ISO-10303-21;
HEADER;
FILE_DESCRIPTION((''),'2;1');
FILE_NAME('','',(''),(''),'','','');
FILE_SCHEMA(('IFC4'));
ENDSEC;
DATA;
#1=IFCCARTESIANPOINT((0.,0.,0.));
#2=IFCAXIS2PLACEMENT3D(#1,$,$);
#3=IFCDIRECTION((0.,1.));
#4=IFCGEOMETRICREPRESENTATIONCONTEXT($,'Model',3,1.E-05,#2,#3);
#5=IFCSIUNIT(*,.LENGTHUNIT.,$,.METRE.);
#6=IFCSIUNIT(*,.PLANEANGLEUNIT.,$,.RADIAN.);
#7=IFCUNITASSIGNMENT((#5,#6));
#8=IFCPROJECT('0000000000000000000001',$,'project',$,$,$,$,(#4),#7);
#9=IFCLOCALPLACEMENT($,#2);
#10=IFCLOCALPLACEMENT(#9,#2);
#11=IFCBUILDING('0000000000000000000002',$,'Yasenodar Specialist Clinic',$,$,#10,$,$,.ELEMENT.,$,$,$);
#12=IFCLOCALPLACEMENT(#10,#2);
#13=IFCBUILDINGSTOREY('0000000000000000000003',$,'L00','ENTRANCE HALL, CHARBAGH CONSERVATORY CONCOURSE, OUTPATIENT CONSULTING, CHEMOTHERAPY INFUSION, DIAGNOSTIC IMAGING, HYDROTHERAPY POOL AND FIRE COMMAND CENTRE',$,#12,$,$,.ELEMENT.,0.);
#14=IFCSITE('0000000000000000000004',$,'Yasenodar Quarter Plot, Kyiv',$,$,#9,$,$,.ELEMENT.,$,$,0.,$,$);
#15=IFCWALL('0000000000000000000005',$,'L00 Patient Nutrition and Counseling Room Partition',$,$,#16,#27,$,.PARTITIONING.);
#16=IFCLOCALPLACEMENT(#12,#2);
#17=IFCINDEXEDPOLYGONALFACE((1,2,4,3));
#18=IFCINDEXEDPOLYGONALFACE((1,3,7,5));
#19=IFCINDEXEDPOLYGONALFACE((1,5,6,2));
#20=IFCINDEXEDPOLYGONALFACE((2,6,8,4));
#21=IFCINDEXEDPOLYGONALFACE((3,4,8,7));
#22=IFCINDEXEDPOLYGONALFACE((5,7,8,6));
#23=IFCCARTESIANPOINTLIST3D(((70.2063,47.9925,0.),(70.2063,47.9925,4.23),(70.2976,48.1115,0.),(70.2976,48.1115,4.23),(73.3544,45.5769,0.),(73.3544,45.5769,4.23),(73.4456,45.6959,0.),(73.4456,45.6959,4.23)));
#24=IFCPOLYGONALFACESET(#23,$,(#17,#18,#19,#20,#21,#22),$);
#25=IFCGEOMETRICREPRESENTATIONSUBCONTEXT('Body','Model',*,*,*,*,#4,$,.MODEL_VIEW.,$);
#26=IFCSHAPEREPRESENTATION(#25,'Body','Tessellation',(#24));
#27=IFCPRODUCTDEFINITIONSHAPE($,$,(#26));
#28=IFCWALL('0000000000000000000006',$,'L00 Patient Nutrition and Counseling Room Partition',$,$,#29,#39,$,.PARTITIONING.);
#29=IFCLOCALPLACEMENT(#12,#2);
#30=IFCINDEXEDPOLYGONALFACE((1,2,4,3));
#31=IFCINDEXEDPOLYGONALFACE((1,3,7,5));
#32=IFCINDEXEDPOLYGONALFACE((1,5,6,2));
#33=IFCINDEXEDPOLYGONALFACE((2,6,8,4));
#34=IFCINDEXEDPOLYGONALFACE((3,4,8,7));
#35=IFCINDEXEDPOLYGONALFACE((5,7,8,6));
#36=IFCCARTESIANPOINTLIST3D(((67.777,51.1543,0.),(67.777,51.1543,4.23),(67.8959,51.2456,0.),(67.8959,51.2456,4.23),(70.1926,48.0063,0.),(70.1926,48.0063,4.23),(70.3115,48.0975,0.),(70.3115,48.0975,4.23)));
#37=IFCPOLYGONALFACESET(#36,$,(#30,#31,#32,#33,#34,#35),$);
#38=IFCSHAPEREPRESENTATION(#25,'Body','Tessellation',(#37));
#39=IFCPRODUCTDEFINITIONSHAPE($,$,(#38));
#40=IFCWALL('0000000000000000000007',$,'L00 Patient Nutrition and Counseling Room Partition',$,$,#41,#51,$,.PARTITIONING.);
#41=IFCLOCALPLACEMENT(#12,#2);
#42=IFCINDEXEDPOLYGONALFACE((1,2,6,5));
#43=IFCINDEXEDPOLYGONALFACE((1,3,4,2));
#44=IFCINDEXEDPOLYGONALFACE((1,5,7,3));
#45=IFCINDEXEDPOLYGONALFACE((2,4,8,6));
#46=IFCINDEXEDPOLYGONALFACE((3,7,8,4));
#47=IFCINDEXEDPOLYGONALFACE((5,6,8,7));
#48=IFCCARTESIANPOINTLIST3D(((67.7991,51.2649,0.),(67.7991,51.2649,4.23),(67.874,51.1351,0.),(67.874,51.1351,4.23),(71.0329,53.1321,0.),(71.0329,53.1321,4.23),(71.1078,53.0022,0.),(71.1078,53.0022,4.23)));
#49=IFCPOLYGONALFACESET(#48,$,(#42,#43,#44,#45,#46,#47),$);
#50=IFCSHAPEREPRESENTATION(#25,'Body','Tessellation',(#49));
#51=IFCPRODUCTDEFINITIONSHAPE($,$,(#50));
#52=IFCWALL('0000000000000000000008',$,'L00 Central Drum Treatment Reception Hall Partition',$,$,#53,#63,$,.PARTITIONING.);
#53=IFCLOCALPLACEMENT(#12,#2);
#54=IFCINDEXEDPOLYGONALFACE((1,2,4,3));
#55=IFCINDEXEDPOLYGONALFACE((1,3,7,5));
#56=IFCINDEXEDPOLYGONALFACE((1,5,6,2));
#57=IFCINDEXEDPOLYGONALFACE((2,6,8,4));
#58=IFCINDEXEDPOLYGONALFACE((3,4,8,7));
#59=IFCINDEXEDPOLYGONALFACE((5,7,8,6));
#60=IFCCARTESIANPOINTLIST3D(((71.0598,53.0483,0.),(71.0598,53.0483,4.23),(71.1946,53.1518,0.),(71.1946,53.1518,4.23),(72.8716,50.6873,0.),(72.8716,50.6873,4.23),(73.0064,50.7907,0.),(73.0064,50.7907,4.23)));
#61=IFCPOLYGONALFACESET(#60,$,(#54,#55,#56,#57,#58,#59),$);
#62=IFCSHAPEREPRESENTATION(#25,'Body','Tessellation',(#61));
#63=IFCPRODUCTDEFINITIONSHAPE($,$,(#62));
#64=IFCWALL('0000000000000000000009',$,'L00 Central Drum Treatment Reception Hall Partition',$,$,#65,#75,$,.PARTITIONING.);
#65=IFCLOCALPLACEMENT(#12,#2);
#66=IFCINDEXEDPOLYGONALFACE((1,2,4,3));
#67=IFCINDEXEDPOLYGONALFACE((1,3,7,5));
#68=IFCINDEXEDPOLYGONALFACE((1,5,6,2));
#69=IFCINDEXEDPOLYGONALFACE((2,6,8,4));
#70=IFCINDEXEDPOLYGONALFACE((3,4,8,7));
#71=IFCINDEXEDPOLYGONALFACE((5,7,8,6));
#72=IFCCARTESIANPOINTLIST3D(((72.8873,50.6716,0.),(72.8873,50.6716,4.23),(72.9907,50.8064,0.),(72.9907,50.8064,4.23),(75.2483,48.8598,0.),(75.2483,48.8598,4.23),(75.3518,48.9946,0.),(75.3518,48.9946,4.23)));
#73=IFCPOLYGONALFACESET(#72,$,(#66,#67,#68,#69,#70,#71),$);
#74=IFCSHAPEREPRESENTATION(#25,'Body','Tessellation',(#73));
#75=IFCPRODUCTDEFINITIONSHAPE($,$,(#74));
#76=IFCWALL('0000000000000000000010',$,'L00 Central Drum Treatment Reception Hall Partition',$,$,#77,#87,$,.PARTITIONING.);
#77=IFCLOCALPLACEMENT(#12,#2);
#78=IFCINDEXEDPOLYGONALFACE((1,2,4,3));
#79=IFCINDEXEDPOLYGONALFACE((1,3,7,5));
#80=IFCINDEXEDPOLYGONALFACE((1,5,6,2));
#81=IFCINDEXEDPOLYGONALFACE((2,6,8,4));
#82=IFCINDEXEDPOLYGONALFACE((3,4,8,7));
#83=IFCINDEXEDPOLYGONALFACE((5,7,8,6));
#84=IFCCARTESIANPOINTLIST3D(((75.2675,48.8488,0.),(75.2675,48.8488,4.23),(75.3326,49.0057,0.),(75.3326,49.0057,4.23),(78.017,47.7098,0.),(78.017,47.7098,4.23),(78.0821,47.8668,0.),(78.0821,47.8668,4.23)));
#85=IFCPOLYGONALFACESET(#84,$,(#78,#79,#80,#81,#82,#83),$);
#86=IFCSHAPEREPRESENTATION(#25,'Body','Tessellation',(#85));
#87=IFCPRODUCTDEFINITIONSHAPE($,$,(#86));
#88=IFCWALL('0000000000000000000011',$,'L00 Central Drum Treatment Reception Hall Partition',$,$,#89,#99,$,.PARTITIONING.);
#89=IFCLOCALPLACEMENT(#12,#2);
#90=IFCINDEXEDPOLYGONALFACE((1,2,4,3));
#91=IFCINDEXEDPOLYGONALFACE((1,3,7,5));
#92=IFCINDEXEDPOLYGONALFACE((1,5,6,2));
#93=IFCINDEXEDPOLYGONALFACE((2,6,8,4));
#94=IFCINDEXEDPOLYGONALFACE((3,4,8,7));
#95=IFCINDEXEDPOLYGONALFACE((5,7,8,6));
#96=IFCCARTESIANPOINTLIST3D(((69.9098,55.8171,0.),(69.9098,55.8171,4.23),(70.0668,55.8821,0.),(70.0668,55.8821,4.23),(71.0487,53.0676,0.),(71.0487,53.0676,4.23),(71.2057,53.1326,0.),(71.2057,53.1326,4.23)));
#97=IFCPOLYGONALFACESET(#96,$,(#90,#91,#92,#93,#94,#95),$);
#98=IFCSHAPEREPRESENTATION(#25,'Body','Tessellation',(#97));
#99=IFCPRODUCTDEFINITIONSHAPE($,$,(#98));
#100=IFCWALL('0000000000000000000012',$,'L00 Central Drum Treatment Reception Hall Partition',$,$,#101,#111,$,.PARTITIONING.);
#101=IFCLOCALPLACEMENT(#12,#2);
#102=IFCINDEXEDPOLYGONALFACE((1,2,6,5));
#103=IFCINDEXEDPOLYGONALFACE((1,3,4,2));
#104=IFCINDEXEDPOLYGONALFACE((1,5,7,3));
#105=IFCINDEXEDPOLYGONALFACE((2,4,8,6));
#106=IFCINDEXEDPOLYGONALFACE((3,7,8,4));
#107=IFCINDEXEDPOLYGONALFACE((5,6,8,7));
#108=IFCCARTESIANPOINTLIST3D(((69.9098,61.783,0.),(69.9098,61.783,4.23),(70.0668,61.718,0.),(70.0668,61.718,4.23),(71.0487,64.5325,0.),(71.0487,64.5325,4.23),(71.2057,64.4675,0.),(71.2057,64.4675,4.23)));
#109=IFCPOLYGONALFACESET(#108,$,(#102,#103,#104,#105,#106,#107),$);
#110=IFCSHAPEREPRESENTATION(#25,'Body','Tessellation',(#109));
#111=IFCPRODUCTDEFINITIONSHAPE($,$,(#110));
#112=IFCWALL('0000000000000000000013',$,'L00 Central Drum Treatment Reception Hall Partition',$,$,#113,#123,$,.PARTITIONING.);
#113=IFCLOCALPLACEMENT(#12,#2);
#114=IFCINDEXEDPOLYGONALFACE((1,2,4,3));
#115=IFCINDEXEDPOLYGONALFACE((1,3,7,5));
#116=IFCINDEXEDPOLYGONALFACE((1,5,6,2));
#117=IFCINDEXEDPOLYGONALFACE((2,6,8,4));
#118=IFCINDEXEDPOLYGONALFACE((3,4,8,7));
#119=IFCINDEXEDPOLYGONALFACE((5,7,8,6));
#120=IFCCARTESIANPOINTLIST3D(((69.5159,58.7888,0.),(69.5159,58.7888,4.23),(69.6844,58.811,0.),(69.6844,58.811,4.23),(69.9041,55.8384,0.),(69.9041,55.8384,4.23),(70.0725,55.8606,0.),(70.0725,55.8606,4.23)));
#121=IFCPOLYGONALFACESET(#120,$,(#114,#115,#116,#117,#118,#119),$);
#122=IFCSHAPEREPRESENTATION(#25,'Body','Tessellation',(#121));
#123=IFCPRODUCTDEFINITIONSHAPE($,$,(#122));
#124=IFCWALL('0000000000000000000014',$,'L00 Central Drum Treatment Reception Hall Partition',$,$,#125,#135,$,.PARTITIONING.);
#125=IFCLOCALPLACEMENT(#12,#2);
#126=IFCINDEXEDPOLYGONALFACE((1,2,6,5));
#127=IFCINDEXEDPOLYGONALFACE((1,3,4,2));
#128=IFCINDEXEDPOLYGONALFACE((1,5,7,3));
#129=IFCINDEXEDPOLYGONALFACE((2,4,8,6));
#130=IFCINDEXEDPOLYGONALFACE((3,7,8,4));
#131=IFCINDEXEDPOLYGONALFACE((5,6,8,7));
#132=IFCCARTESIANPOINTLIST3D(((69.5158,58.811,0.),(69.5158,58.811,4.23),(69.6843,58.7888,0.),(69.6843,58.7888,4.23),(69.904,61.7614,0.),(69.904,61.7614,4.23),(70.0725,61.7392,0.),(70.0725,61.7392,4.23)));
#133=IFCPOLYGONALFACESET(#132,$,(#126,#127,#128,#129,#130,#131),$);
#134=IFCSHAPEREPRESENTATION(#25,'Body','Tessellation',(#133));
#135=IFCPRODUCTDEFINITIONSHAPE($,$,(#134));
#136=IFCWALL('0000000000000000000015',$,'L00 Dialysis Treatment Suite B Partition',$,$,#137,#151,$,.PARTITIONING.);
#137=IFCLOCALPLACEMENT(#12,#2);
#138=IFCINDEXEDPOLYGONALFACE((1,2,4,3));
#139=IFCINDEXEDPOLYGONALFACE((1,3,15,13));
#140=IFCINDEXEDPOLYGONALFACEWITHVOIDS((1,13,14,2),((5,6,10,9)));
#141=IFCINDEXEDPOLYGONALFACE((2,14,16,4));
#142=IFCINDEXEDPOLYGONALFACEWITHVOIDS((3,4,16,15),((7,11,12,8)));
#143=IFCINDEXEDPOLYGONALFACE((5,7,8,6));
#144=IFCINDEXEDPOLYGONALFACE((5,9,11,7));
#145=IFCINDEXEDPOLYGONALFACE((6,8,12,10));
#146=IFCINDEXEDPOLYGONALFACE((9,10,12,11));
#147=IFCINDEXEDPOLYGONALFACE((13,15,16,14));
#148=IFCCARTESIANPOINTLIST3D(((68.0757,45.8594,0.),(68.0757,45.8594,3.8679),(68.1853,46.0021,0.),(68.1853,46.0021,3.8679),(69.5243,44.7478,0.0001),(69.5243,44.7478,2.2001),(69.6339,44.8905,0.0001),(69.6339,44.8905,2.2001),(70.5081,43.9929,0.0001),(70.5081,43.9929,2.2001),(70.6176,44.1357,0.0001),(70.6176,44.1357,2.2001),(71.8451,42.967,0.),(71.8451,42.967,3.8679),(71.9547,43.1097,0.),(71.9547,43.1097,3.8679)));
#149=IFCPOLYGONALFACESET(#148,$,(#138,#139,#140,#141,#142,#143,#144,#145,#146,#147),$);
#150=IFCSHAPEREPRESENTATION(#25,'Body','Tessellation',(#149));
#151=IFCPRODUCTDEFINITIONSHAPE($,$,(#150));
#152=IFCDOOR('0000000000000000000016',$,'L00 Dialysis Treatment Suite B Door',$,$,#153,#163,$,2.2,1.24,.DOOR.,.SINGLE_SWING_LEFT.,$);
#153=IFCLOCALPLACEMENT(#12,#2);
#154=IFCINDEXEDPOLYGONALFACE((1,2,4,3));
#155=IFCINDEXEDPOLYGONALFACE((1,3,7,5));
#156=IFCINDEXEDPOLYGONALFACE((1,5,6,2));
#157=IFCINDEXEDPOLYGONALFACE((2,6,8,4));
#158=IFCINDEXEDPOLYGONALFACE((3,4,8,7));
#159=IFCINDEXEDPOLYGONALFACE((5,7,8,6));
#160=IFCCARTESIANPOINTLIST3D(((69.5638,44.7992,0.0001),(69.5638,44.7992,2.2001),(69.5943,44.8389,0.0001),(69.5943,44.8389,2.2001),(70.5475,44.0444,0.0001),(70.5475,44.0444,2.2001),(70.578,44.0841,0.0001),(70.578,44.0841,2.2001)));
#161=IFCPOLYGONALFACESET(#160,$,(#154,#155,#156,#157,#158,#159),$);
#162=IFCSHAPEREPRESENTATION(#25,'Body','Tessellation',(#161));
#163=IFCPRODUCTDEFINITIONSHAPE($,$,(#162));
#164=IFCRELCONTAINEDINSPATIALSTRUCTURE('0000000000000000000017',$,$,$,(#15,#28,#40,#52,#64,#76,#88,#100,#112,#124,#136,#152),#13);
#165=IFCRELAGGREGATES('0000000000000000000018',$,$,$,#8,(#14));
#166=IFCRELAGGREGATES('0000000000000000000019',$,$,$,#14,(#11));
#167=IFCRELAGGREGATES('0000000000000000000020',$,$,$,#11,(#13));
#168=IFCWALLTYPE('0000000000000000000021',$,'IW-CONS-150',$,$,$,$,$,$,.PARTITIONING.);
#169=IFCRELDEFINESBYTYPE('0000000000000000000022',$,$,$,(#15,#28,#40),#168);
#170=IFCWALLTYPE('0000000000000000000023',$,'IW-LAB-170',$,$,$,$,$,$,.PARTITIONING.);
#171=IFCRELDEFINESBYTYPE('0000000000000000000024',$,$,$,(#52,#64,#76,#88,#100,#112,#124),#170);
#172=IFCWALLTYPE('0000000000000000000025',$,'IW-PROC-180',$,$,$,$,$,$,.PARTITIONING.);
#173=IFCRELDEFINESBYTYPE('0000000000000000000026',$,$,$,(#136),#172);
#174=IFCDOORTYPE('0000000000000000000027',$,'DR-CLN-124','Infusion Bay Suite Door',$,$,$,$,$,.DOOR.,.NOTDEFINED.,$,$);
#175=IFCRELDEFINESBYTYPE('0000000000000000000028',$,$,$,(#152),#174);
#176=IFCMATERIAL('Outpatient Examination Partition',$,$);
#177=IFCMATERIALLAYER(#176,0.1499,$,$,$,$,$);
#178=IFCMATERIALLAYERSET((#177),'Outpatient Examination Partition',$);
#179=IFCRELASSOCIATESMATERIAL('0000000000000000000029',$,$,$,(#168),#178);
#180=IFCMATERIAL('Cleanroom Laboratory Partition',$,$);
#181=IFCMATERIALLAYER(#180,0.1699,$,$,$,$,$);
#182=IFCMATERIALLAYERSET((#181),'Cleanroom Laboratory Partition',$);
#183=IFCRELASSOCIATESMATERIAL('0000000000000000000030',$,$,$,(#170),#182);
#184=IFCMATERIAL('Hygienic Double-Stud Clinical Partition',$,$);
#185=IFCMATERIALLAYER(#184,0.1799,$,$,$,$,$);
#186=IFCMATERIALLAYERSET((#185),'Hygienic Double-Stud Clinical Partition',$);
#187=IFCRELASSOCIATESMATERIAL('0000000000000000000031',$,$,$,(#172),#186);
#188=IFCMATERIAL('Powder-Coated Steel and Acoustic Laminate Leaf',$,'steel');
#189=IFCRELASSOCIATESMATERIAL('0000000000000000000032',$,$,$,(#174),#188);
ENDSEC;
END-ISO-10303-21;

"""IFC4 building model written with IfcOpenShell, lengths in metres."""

from ifc_helpers import new_model, si_unit, direction, frame, frame_2d, origin, place, context, subcontext, project, spatial, rectangle, extrude, material, layer, layer_set, type_object, element, fill, save


model = new_model("IFC4")

# Units and contexts
model_context = context("Model", 3, precision=1e-05, world=origin(), true_north=direction((0.0, 1.0)))
body_context = subcontext(model_context, "Body", "Model", "MODEL_VIEW")
ifc_project = project(units=[si_unit("LENGTHUNIT", "METRE"), si_unit("PLANEANGLEUNIT", "RADIAN")], contexts=[model_context])

# Site, building, storey
site_placement = place(None, origin())
site = spatial("IfcSite", under=ifc_project, at=site_placement, Name="Yasenodar Quarter Plot, Kyiv", CompositionType="ELEMENT", RefElevation=0.0)
building_placement = place(site_placement, origin())
building = spatial("IfcBuilding", under=site, at=building_placement, Name="Yasenodar Specialist Clinic", CompositionType="ELEMENT")
storey_placement = place(building_placement, origin())
storey = spatial("IfcBuildingStorey", under=building, at=storey_placement, Name="L00", Description="ENTRANCE HALL, CHARBAGH CONSERVATORY CONCOURSE, OUTPATIENT CONSULTING, CHEMOTHERAPY INFUSION, DIAGNOSTIC IMAGING, HYDROTHERAPY POOL AND FIRE COMMAND CENTRE", CompositionType="ELEMENT", Elevation=0.0)

# Walls
ifc_material_1 = material(Name="Outpatient Examination Partition")
ifc_layer_1 = layer(ifc_material_1, 0.1499)
ifc_layer_set_1 = layer_set([ifc_layer_1], Name="Outpatient Examination Partition")
wall_type_1 = type_object("IfcWallType", Name="IW-CONS-150", PredefinedType="PARTITIONING", material=ifc_layer_set_1)
for number, where, z_axis, x_axis, name in (
    (1, (73.3999, 45.6365, 0.0), (0.0, 0.0, 1.0), (-0.793351, 0.608765, 0.0), "L00 Patient Nutrition and Counseling Room Partition"),
    (2, (70.252, 48.052, 0.0), (0.0, 0.0, 1.0), (-0.608765, 0.793351, 0.0), "L00 Patient Nutrition and Counseling Room Partition"),
):
    element("IfcWall", number, at=place(storey_placement, frame(where, z_axis=z_axis, x_axis=x_axis)), inside=storey, type_object=wall_type_1, Name=name, PredefinedType="PARTITIONING", context=body_context, shape_type="SweptSolid", body=[
        extrude(rectangle(XDim=3.968, YDim=0.1499, at=frame_2d((1.9839, 0.0))), origin(), (0.0, 0.0, 1.0), 4.23),
    ])
wall_1_placement = place(storey_placement, frame((67.8364, 51.2, 0.0), z_axis=(0.0, 0.0, 1.0), x_axis=(0.866014, 0.500021, 0.0)))
element("IfcWall", 3, at=wall_1_placement, inside=storey, type_object=wall_type_1, Name="L00 Patient Nutrition and Counseling Room Partition", PredefinedType="PARTITIONING", context=body_context, shape_type="SweptSolid", body=[
    extrude(rectangle(XDim=3.7341, YDim=0.1499, at=frame_2d((1.8672, 0.0))), origin(), (0.0, 0.0, 1.0), 4.23),
])
ifc_material_2 = material(Name="Cleanroom Laboratory Partition")
ifc_layer_2 = layer(ifc_material_2, 0.1699)
ifc_layer_set_2 = layer_set([ifc_layer_2], Name="Cleanroom Laboratory Partition")
wall_type_2 = type_object("IfcWallType", Name="IW-LAB-170", PredefinedType="PARTITIONING", material=ifc_layer_set_2)
for number, where, z_axis, x_axis, name in (
    (4, (72.939, 50.739, 0.0), (0.0, 0.0, 1.0), (-0.608771, 0.793346, 0.0), "L00 Central Drum Treatment Reception Hall Partition"),
    (5, (75.3, 48.9272, 0.0), (0.0, 0.0, 1.0), (-0.793346, 0.608771, 0.0), "L00 Central Drum Treatment Reception Hall Partition"),
    (6, (78.0496, 47.7883, 0.0), (0.0, 0.0, 1.0), (-0.923876, 0.382692, 0.0), "L00 Central Drum Treatment Reception Hall Partition"),
    (7, (71.1272, 53.1001, 0.0), (0.0, 0.0, 1.0), (-0.382692, 0.923876, 0.0), "L00 Central Drum Treatment Reception Hall Partition"),
    (8, (69.9883, 61.7505, 0.0), (0.0, 0.0, 1.0), (0.382692, 0.923876, 0.0), "L00 Central Drum Treatment Reception Hall Partition"),
):
    element("IfcWall", number, at=place(storey_placement, frame(where, z_axis=z_axis, x_axis=x_axis)), inside=storey, type_object=wall_type_2, Name=name, PredefinedType="PARTITIONING", context=body_context, shape_type="SweptSolid", body=[
        extrude(rectangle(XDim=2.9761, YDim=0.1699, at=frame_2d((1.488, 0.0))), origin(), (0.0, 0.0, 1.0), 4.23),
    ])
for number, where, z_axis, x_axis, name in (
    (9, (69.9883, 55.8496, 0.0), (0.0, 0.0, 1.0), (-0.130444, 0.991456, 0.0), "L00 Central Drum Treatment Reception Hall Partition"),
    (10, (69.6001, 58.8, 0.0), (0.0, 0.0, 1.0), (0.130444, 0.991456, 0.0), "L00 Central Drum Treatment Reception Hall Partition"),
):
    element("IfcWall", number, at=place(storey_placement, frame(where, z_axis=z_axis, x_axis=x_axis)), inside=storey, type_object=wall_type_2, Name=name, PredefinedType="PARTITIONING", context=body_context, shape_type="SweptSolid", body=[
        extrude(rectangle(XDim=2.9758, YDim=0.1699, at=frame_2d((1.4878, 0.0))), origin(), (0.0, 0.0, 1.0), 4.23),
    ])

# Wall, opening, door
ifc_material_3 = material(Name="Hygienic Double-Stud Clinical Partition")
ifc_layer_3 = layer(ifc_material_3, 0.1799)
ifc_layer_set_3 = layer_set([ifc_layer_3], Name="Hygienic Double-Stud Clinical Partition")
wall_type_3 = type_object("IfcWallType", Name="IW-PROC-180", PredefinedType="PARTITIONING", material=ifc_layer_set_3)
wall_2_placement = place(storey_placement, frame((68.1306, 45.9307, 0.0), z_axis=(0.0, 0.0, 1.0), x_axis=(0.793347, -0.608769, 0.0)))
wall_2 = element("IfcWall", 11, at=wall_2_placement, inside=storey, type_object=wall_type_3, Name="L00 Dialysis Treatment Suite B Partition", PredefinedType="PARTITIONING", context=body_context, shape_type="SweptSolid", body=[
    extrude(rectangle(XDim=4.7512, YDim=0.1799, at=frame_2d((2.3755, 0.0))), origin(), (0.0, 0.0, 1.0), 3.8679),
])
opening_placement = place(wall_2_placement, frame((1.8257, 0.0, 0.0)))
opening = element("IfcOpeningElement", 12, at=opening_placement, cuts=wall_2, PredefinedType="OPENING", context=body_context, shape_type="SweptSolid", body=[
    extrude(rectangle(XDim=1.24, YDim=2.2, at=frame_2d((0.6201, 1.1001))), frame((0.0, 0.1001, 0.0), z_axis=(0.0, -1.0, 0.0), x_axis=(1.0, 0.0, 0.0)), (0.0, 0.0, 1.0), 0.2),
])
ifc_material_4 = material(Name="Powder-Coated Steel and Acoustic Laminate Leaf", Category="steel")
door_type = type_object("IfcDoorType", Name="DR-CLN-124", Description="Infusion Bay Suite Door", OperationType="NOTDEFINED", PredefinedType="DOOR", material=ifc_material_4)
door_placement = place(opening_placement, origin())
door = element("IfcDoor", 13, at=door_placement, inside=storey, type_object=door_type, Name="L00 Dialysis Treatment Suite B Door", OperationType="SINGLE_SWING_LEFT", OverallHeight=2.2, OverallWidth=1.24, PredefinedType="DOOR", context=body_context, shape_type="SweptSolid", body=[
    extrude(rectangle(XDim=1.24, YDim=2.2, at=frame_2d((0.6201, 1.1001))), frame((0.0, 0.0249, 0.0), z_axis=(0.0, -1.0, 0.0), x_axis=(1.0, 0.0, 0.0)), (0.0, 0.0, 1.0), 0.05),
])
fill(opening, door)

save(model, "model.ifc")
